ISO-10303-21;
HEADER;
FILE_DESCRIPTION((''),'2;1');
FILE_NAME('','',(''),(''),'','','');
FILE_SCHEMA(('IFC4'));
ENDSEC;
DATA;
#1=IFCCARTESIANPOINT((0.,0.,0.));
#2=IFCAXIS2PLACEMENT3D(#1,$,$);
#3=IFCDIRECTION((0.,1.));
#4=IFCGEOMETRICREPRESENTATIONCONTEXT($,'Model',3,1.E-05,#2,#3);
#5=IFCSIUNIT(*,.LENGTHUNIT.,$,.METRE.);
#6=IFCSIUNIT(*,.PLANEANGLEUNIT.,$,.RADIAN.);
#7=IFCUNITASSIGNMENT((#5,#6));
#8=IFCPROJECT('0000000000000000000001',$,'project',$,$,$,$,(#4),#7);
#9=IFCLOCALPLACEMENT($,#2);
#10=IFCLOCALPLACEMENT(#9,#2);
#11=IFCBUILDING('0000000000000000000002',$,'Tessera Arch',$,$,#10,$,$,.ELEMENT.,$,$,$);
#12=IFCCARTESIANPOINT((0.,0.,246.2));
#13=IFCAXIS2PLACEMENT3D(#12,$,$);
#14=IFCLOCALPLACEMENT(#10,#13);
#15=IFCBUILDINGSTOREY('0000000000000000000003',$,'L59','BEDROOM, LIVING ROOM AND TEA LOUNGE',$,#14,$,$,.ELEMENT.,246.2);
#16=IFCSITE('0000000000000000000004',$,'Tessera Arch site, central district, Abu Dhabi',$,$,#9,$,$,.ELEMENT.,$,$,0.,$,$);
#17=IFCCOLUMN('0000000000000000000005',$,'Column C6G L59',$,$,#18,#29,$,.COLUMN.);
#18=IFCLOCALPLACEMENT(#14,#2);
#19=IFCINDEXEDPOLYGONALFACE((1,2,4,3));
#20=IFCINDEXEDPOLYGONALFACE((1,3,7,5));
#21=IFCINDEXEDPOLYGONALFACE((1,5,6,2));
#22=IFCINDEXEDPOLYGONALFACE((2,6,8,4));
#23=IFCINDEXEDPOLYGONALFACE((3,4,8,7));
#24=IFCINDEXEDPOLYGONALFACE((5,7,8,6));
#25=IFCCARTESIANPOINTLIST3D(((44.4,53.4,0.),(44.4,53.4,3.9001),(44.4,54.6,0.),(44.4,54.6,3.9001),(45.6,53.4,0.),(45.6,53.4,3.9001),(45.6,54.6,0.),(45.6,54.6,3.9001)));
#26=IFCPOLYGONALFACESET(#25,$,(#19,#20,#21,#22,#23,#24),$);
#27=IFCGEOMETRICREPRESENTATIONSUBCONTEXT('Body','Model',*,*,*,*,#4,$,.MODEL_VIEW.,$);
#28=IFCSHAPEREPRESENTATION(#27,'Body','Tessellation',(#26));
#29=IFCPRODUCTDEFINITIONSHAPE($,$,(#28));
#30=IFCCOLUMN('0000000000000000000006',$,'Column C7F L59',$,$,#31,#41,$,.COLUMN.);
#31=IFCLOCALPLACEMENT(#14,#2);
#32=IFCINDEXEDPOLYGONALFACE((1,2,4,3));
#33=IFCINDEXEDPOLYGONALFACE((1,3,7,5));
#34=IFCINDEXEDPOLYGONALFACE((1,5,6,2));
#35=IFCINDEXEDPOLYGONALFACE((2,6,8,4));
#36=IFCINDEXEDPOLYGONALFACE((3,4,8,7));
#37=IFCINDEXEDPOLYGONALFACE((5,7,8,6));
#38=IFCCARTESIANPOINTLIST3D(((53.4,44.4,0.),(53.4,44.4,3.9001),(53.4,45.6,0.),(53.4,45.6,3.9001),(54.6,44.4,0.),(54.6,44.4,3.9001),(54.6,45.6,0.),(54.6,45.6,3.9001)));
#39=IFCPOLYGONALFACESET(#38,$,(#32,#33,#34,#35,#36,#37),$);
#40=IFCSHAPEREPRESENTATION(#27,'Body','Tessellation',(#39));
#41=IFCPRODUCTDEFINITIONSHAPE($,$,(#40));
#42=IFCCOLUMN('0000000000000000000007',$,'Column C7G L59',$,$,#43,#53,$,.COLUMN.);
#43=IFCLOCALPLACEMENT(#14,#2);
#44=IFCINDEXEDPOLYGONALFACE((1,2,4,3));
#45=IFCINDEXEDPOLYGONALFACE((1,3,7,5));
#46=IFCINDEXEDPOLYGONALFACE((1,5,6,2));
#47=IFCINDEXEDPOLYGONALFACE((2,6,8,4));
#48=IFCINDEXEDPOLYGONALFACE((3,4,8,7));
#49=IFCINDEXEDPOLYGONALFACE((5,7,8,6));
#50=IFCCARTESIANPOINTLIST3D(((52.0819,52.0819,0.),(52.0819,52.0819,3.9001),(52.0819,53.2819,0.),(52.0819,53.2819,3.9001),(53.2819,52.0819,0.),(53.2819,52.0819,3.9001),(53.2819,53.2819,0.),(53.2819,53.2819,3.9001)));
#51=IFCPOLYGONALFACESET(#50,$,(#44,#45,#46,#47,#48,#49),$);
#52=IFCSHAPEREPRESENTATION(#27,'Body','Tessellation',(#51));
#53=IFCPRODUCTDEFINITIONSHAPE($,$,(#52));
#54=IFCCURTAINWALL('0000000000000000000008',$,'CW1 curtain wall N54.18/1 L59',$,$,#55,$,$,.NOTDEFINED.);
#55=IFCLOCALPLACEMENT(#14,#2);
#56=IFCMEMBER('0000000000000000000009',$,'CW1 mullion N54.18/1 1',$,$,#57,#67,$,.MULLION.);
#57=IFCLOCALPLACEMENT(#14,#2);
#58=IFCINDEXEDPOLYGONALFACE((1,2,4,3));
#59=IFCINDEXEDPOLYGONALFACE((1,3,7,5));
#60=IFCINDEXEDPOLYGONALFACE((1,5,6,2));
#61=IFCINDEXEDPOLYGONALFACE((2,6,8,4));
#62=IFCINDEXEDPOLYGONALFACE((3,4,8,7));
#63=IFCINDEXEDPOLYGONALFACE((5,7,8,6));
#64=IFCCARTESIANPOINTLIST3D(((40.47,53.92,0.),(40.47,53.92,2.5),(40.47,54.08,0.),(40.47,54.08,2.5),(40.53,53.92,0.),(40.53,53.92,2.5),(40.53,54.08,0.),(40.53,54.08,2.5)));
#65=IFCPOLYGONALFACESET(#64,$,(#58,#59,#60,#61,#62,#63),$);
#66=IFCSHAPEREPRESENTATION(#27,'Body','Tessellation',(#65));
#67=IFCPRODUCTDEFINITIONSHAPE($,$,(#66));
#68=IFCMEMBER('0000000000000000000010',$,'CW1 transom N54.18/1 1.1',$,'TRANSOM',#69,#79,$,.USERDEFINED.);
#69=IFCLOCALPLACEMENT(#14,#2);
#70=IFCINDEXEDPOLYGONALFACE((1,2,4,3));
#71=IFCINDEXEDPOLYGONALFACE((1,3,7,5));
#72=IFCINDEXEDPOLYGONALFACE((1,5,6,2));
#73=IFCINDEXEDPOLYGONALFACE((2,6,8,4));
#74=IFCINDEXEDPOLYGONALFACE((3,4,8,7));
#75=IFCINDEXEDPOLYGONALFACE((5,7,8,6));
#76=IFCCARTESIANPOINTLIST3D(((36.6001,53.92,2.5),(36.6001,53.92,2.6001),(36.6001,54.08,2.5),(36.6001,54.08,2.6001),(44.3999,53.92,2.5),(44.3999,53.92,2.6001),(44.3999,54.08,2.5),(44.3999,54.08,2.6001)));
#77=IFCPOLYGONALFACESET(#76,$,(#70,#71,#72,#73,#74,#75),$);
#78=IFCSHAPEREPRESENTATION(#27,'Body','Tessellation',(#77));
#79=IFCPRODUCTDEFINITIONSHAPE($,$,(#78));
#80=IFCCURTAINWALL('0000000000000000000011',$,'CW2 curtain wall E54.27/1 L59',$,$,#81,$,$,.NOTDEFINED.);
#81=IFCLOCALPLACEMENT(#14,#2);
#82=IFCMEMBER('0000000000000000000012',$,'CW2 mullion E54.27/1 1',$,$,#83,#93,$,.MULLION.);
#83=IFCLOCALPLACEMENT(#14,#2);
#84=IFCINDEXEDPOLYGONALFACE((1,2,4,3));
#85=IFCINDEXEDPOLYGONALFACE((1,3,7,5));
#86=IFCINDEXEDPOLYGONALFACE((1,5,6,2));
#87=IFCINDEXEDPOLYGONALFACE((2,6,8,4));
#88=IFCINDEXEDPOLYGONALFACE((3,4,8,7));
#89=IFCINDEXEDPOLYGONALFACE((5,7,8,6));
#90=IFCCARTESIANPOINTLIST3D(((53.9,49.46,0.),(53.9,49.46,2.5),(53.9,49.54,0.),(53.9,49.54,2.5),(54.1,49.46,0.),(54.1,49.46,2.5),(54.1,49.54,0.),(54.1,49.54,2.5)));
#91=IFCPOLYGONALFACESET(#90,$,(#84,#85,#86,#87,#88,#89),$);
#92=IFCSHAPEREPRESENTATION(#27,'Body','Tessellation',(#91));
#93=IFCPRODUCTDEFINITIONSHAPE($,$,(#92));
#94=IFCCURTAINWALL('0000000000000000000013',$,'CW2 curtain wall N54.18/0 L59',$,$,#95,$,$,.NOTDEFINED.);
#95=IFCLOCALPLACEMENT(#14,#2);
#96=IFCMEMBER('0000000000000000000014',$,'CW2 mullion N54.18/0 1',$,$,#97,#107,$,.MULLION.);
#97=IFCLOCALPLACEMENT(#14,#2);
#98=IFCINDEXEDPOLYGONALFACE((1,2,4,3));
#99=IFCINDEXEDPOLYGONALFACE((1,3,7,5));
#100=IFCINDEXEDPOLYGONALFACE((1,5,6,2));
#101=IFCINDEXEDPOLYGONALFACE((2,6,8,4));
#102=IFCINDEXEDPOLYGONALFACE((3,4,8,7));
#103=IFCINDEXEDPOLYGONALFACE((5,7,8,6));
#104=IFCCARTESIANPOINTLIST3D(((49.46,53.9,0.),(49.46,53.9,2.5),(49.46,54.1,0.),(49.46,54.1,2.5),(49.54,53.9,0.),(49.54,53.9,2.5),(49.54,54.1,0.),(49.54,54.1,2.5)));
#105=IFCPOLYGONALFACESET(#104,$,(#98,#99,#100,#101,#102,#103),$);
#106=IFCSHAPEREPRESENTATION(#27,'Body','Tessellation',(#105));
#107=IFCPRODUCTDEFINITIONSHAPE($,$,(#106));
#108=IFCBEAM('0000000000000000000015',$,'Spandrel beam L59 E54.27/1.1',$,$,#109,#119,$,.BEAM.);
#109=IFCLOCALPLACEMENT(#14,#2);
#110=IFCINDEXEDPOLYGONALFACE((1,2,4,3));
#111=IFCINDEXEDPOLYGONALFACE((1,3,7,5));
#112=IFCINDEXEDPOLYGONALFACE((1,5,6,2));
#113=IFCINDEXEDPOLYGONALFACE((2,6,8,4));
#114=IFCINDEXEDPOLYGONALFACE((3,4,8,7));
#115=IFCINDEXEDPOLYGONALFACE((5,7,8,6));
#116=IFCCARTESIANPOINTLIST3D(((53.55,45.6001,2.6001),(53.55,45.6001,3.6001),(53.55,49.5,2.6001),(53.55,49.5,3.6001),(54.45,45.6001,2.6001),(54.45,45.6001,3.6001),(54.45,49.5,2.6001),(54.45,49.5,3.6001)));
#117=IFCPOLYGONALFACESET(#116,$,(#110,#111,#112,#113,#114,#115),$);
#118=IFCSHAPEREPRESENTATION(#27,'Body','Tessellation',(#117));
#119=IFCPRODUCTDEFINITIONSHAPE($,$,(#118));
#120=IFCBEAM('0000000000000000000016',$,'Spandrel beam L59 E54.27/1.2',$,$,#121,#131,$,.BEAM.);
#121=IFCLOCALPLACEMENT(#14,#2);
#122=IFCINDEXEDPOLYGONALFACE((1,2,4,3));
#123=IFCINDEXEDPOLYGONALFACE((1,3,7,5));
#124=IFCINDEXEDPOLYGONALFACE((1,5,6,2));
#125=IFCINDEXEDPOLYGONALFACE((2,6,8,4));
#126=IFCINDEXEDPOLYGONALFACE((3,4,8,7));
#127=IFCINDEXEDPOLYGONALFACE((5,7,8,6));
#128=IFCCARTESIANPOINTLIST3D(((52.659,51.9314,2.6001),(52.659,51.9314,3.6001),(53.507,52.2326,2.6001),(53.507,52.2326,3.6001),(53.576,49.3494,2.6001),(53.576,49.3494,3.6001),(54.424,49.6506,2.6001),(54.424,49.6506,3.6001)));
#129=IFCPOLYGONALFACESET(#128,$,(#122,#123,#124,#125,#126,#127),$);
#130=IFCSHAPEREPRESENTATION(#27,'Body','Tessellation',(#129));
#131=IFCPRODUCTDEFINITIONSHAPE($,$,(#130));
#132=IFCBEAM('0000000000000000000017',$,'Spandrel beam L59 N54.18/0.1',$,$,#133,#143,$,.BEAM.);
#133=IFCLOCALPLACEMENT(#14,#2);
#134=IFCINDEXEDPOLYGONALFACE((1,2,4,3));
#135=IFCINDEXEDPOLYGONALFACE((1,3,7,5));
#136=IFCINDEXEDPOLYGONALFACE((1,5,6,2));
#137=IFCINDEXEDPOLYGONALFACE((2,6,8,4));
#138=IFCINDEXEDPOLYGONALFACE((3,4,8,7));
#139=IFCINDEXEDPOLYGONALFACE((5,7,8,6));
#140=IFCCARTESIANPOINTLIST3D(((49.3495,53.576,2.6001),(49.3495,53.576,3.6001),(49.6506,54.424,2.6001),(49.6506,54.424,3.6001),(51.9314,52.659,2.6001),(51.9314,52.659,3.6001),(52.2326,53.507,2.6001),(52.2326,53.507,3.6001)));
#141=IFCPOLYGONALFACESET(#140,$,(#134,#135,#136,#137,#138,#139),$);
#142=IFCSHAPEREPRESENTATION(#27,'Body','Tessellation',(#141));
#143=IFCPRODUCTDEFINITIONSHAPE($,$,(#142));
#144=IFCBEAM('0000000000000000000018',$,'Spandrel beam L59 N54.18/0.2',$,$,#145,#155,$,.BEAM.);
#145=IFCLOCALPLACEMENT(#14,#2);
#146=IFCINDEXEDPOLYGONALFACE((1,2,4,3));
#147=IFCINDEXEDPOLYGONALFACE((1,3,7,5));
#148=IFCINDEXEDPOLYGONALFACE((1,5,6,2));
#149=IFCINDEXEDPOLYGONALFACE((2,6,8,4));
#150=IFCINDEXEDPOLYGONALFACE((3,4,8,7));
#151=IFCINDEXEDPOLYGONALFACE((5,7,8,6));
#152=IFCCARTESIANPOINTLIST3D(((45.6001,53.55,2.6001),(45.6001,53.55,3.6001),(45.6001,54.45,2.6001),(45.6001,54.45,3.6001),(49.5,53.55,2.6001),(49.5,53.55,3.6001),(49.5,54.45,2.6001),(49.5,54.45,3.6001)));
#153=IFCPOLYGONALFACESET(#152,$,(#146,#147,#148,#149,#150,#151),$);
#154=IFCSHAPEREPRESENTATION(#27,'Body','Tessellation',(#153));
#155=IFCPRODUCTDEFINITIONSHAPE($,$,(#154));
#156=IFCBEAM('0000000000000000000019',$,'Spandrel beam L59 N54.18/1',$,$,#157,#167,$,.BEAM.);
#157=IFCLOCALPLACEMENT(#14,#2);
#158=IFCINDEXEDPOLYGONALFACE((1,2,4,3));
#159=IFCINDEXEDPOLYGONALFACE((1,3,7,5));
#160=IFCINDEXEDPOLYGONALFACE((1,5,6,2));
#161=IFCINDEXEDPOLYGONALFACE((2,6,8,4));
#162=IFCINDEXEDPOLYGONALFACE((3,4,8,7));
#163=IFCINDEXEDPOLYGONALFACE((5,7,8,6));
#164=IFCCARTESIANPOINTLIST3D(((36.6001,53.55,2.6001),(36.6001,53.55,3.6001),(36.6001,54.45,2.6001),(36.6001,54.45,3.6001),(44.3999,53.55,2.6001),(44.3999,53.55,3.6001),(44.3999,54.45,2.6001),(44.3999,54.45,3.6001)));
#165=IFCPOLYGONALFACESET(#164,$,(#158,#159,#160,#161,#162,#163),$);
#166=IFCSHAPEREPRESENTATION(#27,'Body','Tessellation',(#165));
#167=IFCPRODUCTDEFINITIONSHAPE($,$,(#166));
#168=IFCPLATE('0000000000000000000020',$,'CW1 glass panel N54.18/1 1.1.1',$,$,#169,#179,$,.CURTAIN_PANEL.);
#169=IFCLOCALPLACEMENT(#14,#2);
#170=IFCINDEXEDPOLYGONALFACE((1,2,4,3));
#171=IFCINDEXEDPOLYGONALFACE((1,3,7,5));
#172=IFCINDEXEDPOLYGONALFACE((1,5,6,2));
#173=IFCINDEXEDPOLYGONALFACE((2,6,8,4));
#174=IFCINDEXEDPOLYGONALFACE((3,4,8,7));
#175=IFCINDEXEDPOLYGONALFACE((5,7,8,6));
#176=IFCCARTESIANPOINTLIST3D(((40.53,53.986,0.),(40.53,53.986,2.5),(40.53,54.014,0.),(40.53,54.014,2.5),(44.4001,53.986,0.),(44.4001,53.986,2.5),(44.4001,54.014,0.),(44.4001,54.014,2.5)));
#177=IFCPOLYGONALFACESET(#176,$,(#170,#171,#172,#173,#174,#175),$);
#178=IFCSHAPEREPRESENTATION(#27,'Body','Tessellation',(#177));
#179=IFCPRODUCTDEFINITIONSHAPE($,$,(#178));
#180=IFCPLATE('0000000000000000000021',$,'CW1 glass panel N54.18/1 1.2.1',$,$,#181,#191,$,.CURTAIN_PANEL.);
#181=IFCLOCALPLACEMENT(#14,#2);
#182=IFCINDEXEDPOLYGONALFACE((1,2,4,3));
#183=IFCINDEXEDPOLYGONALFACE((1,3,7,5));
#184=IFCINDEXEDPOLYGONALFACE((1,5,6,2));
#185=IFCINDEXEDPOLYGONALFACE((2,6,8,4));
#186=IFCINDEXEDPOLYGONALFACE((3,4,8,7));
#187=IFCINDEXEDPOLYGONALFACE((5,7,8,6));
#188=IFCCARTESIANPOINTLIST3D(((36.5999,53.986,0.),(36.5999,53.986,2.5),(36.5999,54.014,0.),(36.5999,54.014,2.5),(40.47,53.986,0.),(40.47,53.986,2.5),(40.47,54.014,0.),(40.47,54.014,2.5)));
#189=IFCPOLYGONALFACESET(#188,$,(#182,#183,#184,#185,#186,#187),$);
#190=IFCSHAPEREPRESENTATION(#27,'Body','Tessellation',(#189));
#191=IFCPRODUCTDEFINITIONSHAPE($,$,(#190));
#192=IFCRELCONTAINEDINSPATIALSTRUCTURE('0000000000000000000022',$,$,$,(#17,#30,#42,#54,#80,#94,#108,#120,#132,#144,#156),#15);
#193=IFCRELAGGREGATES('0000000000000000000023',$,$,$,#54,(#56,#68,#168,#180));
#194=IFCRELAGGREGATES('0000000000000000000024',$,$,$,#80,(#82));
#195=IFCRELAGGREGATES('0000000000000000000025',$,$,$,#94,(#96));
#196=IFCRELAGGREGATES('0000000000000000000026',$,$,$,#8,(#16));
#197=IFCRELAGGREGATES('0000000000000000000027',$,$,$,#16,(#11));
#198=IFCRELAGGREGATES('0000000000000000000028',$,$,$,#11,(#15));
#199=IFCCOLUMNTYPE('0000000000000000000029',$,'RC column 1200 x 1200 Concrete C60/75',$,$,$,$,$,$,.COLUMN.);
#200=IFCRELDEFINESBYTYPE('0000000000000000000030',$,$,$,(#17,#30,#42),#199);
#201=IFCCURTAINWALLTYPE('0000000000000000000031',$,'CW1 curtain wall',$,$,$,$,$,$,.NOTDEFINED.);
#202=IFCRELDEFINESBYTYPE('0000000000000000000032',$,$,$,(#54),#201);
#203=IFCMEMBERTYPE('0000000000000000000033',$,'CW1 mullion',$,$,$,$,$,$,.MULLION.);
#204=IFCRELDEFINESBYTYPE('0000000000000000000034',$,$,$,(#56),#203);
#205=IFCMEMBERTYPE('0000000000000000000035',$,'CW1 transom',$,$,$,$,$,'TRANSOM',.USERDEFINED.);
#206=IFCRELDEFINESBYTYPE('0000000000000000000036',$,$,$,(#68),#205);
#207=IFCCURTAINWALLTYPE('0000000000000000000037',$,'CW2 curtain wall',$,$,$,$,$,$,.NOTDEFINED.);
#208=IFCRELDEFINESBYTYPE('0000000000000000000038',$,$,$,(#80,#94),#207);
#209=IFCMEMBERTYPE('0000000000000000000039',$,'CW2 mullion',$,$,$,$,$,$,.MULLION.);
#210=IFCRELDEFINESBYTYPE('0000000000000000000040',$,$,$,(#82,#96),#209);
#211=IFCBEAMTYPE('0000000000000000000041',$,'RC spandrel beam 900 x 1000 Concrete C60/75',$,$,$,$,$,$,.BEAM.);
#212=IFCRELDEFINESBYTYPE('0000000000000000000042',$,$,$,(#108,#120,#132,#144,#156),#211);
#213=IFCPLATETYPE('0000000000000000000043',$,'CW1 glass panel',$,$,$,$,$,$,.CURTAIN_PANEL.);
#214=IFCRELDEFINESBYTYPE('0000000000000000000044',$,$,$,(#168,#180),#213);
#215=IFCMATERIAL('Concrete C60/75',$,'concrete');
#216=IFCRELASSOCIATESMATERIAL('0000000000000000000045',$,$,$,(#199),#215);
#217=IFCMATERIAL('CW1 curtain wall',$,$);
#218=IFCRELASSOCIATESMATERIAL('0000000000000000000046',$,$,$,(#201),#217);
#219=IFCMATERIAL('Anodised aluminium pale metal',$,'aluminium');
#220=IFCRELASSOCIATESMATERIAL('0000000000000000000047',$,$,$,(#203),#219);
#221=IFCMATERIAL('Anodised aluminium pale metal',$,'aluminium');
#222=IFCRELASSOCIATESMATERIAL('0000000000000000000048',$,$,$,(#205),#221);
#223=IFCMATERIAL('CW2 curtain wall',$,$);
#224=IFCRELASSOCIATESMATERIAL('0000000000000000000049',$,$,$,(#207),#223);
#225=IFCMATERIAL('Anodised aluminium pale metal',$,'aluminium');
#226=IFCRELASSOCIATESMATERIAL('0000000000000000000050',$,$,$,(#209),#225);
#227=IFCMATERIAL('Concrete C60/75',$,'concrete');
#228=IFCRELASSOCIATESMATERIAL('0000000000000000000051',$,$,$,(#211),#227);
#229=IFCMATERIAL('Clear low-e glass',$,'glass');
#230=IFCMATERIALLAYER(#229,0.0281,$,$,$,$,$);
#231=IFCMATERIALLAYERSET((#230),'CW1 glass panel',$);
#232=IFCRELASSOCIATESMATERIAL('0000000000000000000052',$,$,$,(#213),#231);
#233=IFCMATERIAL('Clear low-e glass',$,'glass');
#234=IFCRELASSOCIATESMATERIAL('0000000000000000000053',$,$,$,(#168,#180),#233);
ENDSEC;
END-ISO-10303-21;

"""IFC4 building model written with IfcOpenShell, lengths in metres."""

from ifc_helpers import new_model, si_unit, direction, frame, origin, origin_2d, place, context, subcontext, project, spatial, rectangle, extrude, material, layer, layer_set, material_profile, profile_set, type_object, element, aggregate, save


model = new_model("IFC4")

# Units and contexts
model_context = context("Model", 3, precision=1e-05, world=origin(), true_north=direction((0.0, 1.0)))
body_context = subcontext(model_context, "Body", "Model", "MODEL_VIEW")
ifc_project = project(units=[si_unit("LENGTHUNIT", "METRE"), si_unit("PLANEANGLEUNIT", "RADIAN")], contexts=[model_context])

# Site, building, storey
site_placement = place(None, origin())
site = spatial("IfcSite", under=ifc_project, at=site_placement, Name="Tessera Arch site, central district, Abu Dhabi", CompositionType="ELEMENT", RefElevation=0.0)
building_placement = place(site_placement, origin())
building = spatial("IfcBuilding", under=site, at=building_placement, Name="Tessera Arch", CompositionType="ELEMENT")
storey_placement = place(building_placement, frame((0.0, 0.0, 246.2)))
storey = spatial("IfcBuildingStorey", under=building, at=storey_placement, Name="L59", Description="BEDROOM, LIVING ROOM AND TEA LOUNGE", CompositionType="ELEMENT", Elevation=246.2)

# Columns
ifc_material_1 = material(Name="Concrete C60/75", Category="concrete")
ifc_material_profile_1 = material_profile(ifc_material_1, rectangle(XDim=1.2, YDim=1.2, at=origin_2d()), Name="RC column 1200 x 1200 Concrete C60/75")
ifc_profile_set_1 = profile_set([ifc_material_profile_1], Name="Concrete C60/75")
column_type = type_object("IfcColumnType", Name="RC column 1200 x 1200 Concrete C60/75", PredefinedType="COLUMN", material=ifc_profile_set_1)
for number, where, z_axis, x_axis, name in (
    (1, (45.0, 54.0, 0.0), (0.0, 0.0, 1.0), (1.0, 0.0, 0.0), "Column C6G L59"),
    (2, (54.0, 45.0, 0.0), (0.0, 0.0, 1.0), (1.0, 0.0, 0.0), "Column C7F L59"),
    (3, (52.6819, 52.6819, 0.0), (0.0, 0.0, 1.0), (1.0, 0.0, 0.0), "Column C7G L59"),
):
    element("IfcColumn", number, at=place(storey_placement, frame(where, z_axis=z_axis, x_axis=x_axis)), inside=storey, type_object=column_type, Name=name, PredefinedType="COLUMN", context=body_context, shape_type="SweptSolid", body=[
        extrude(rectangle(XDim=1.2, YDim=1.2, at=origin_2d()), origin(), (0.0, 0.0, 1.0), 3.9001),
    ])

# Curtain wall, members
ifc_material_2 = material(Name="CW1 curtain wall")
curtain_wall_type_1 = type_object("IfcCurtainWallType", Name="CW1 curtain wall", PredefinedType="NOTDEFINED", material=ifc_material_2)
curtain_wall_1_placement = place(storey_placement, origin())
curtain_wall_1 = element("IfcCurtainWall", 4, at=curtain_wall_1_placement, inside=storey, type_object=curtain_wall_type_1, Name="CW1 curtain wall N54.18/1 L59", PredefinedType="NOTDEFINED")
ifc_material_3 = material(Name="Anodised aluminium pale metal", Category="aluminium")
ifc_material_profile_2 = material_profile(ifc_material_3, rectangle(XDim=0.1599, YDim=0.0601, at=origin_2d()), Name="AL 60x160")
ifc_profile_set_2 = profile_set([ifc_material_profile_2], Name="Anodised aluminium pale metal")
member_type_1 = type_object("IfcMemberType", Name="CW1 mullion", PredefinedType="MULLION", material=ifc_profile_set_2)
member_1_placement = place(storey_placement, frame((40.5, 54.0, 0.0), z_axis=(0.0, 0.0, 1.0), x_axis=(0.0, -1.0, 0.0)))
member_1 = element("IfcMember", 5, at=member_1_placement, type_object=member_type_1, Name="CW1 mullion N54.18/1 1", PredefinedType="MULLION", context=body_context, shape_type="SweptSolid", body=[
    extrude(rectangle(XDim=0.1599, YDim=0.0601, at=origin_2d()), origin(), (0.0, 0.0, 1.0), 2.5),
])
ifc_material_4 = material(Name="Anodised aluminium pale metal", Category="aluminium")
ifc_material_profile_3 = material_profile(ifc_material_4, rectangle(XDim=0.1599, YDim=0.1001, at=origin_2d()), Name="AL 160x100")
ifc_profile_set_3 = profile_set([ifc_material_profile_3], Name="Anodised aluminium pale metal")
member_type_2 = type_object("IfcMemberType", Name="CW1 transom", ElementType="TRANSOM", PredefinedType="USERDEFINED", material=ifc_profile_set_3)
member_2_placement = place(storey_placement, frame((44.3999, 54.0, 2.55), z_axis=(-1.0, 0.0, 0.0), x_axis=(0.0, -1.0, 0.0)))
member_2 = element("IfcMember", 6, at=member_2_placement, type_object=member_type_2, Name="CW1 transom N54.18/1 1.1", ObjectType="TRANSOM", PredefinedType="USERDEFINED", context=body_context, shape_type="SweptSolid", body=[
    extrude(rectangle(XDim=0.1599, YDim=0.1001, at=origin_2d()), origin(), (0.0, 0.0, 1.0), 7.7998),
])

# Curtain walls, members
ifc_material_5 = material(Name="CW2 curtain wall")
curtain_wall_type_2 = type_object("IfcCurtainWallType", Name="CW2 curtain wall", PredefinedType="NOTDEFINED", material=ifc_material_5)
curtain_wall_2_placement = place(storey_placement, origin())
curtain_wall_2 = element("IfcCurtainWall", 7, at=curtain_wall_2_placement, inside=storey, type_object=curtain_wall_type_2, Name="CW2 curtain wall E54.27/1 L59", PredefinedType="NOTDEFINED")
ifc_material_6 = material(Name="Anodised aluminium pale metal", Category="aluminium")
ifc_material_profile_4 = material_profile(ifc_material_6, rectangle(XDim=0.2, YDim=0.0801, at=origin_2d()), Name="AL 80x200")
ifc_profile_set_4 = profile_set([ifc_material_profile_4], Name="Anodised aluminium pale metal")
member_type_3 = type_object("IfcMemberType", Name="CW2 mullion", PredefinedType="MULLION", material=ifc_profile_set_4)
member_3_placement = place(storey_placement, frame((54.0, 49.5, 0.0), z_axis=(0.0, 0.0, 1.0), x_axis=(-1.0, 0.0, 0.0)))
member_3 = element("IfcMember", 8, at=member_3_placement, type_object=member_type_3, Name="CW2 mullion E54.27/1 1", PredefinedType="MULLION", context=body_context, shape_type="SweptSolid", body=[
    extrude(rectangle(XDim=0.2, YDim=0.0801, at=origin_2d()), origin(), (0.0, 0.0, 1.0), 2.5),
])
curtain_wall_3_placement = place(storey_placement, origin())
curtain_wall_3 = element("IfcCurtainWall", 9, at=curtain_wall_3_placement, inside=storey, type_object=curtain_wall_type_2, Name="CW2 curtain wall N54.18/0 L59", PredefinedType="NOTDEFINED")
member_4_placement = place(storey_placement, frame((49.5, 54.0, 0.0), z_axis=(0.0, 0.0, 1.0), x_axis=(0.0, -1.0, 0.0)))
member_4 = element("IfcMember", 10, at=member_4_placement, type_object=member_type_3, Name="CW2 mullion N54.18/0 1", PredefinedType="MULLION", context=body_context, shape_type="SweptSolid", body=[
    extrude(rectangle(XDim=0.2, YDim=0.0801, at=origin_2d()), origin(), (0.0, 0.0, 1.0), 2.5),
])

# Beams
ifc_material_7 = material(Name="Concrete C60/75", Category="concrete")
ifc_material_profile_5 = material_profile(ifc_material_7, rectangle(XDim=0.8999, YDim=1.0, at=origin_2d()), Name="RC spandrel beam 900 x 1000 Concrete C60/75")
ifc_profile_set_5 = profile_set([ifc_material_profile_5], Name="Concrete C60/75")
beam_type = type_object("IfcBeamType", Name="RC spandrel beam 900 x 1000 Concrete C60/75", PredefinedType="BEAM", material=ifc_profile_set_5)
beam_1_placement = place(storey_placement, frame((54.0, 45.6001, 3.1001), z_axis=(0.0, 1.0, 0.0), x_axis=(-1.0, 0.0, 0.0)))
element("IfcBeam", 11, at=beam_1_placement, inside=storey, type_object=beam_type, Name="Spandrel beam L59 E54.27/1.1", PredefinedType="BEAM", context=body_context, shape_type="SweptSolid", body=[
    extrude(rectangle(XDim=0.8999, YDim=1.0, at=origin_2d()), origin(), (0.0, 0.0, 1.0), 3.8999),
])
for number, where, z_axis, x_axis, name in (
    (12, (54.0, 49.5, 3.1001), (-0.334665, 0.942337, 0.0), (-0.942337, -0.334665, 0.0), "Spandrel beam L59 E54.27/1.2"),
    (13, (52.082, 53.083, 3.1001), (-0.942337, 0.334665, 0.0), (-0.334665, -0.942337, 0.0), "Spandrel beam L59 N54.18/0.1"),
):
    element("IfcBeam", number, at=place(storey_placement, frame(where, z_axis=z_axis, x_axis=x_axis)), inside=storey, type_object=beam_type, Name=name, PredefinedType="BEAM", context=body_context, shape_type="SweptSolid", body=[
        extrude(rectangle(XDim=0.8999, YDim=1.0, at=origin_2d()), origin(), (0.0, 0.0, 1.0), 2.74),
    ])
beam_2_placement = place(storey_placement, frame((49.5, 54.0, 3.1001), z_axis=(-1.0, 0.0, 0.0), x_axis=(0.0, -1.0, 0.0)))
element("IfcBeam", 14, at=beam_2_placement, inside=storey, type_object=beam_type, Name="Spandrel beam L59 N54.18/0.2", PredefinedType="BEAM", context=body_context, shape_type="SweptSolid", body=[
    extrude(rectangle(XDim=0.8999, YDim=1.0, at=origin_2d()), origin(), (0.0, 0.0, 1.0), 3.8999),
])
beam_3_placement = place(storey_placement, frame((44.3999, 54.0, 3.1001), z_axis=(-1.0, 0.0, 0.0), x_axis=(0.0, -1.0, 0.0)))
element("IfcBeam", 15, at=beam_3_placement, inside=storey, type_object=beam_type, Name="Spandrel beam L59 N54.18/1", PredefinedType="BEAM", context=body_context, shape_type="SweptSolid", body=[
    extrude(rectangle(XDim=0.8999, YDim=1.0, at=origin_2d()), origin(), (0.0, 0.0, 1.0), 7.7998),
])

# Plates
ifc_material_8 = material(Name="Clear low-e glass", Category="glass")
ifc_material_9 = material(Name="Clear low-e glass", Category="glass")
ifc_layer_1 = layer(ifc_material_9, 0.0281)
ifc_layer_set_1 = layer_set([ifc_layer_1], Name="CW1 glass panel")
plate_type_1 = type_object("IfcPlateType", Name="CW1 glass panel", PredefinedType="CURTAIN_PANEL", material=ifc_layer_set_1)
plate_1_placement = place(storey_placement, frame((42.4651, 54.0, 0.0), z_axis=(0.0, 0.0, 1.0), x_axis=(-1.0, 0.0, 0.0)))
plate_1 = element("IfcPlate", 16, at=plate_1_placement, type_object=plate_type_1, material=ifc_material_8, Name="CW1 glass panel N54.18/1 1.1.1", PredefinedType="CURTAIN_PANEL", context=body_context, shape_type="SweptSolid", body=[
    extrude(rectangle(XDim=3.8701, YDim=0.0281, at=origin_2d()), origin(), (0.0, 0.0, 1.0), 2.5),
])
plate_2_placement = place(storey_placement, frame((38.5349, 54.0, 0.0), z_axis=(0.0, 0.0, 1.0), x_axis=(-1.0, 0.0, 0.0)))
plate_2 = element("IfcPlate", 17, at=plate_2_placement, type_object=plate_type_1, material=ifc_material_8, Name="CW1 glass panel N54.18/1 1.2.1", PredefinedType="CURTAIN_PANEL", context=body_context, shape_type="SweptSolid", body=[
    extrude(rectangle(XDim=3.8701, YDim=0.0281, at=origin_2d()), origin(), (0.0, 0.0, 1.0), 2.5),
])
aggregate(curtain_wall_1, [member_1, member_2, plate_1, plate_2])
aggregate(curtain_wall_2, [member_3])
aggregate(curtain_wall_3, [member_4])

save(model, "model.ifc")
